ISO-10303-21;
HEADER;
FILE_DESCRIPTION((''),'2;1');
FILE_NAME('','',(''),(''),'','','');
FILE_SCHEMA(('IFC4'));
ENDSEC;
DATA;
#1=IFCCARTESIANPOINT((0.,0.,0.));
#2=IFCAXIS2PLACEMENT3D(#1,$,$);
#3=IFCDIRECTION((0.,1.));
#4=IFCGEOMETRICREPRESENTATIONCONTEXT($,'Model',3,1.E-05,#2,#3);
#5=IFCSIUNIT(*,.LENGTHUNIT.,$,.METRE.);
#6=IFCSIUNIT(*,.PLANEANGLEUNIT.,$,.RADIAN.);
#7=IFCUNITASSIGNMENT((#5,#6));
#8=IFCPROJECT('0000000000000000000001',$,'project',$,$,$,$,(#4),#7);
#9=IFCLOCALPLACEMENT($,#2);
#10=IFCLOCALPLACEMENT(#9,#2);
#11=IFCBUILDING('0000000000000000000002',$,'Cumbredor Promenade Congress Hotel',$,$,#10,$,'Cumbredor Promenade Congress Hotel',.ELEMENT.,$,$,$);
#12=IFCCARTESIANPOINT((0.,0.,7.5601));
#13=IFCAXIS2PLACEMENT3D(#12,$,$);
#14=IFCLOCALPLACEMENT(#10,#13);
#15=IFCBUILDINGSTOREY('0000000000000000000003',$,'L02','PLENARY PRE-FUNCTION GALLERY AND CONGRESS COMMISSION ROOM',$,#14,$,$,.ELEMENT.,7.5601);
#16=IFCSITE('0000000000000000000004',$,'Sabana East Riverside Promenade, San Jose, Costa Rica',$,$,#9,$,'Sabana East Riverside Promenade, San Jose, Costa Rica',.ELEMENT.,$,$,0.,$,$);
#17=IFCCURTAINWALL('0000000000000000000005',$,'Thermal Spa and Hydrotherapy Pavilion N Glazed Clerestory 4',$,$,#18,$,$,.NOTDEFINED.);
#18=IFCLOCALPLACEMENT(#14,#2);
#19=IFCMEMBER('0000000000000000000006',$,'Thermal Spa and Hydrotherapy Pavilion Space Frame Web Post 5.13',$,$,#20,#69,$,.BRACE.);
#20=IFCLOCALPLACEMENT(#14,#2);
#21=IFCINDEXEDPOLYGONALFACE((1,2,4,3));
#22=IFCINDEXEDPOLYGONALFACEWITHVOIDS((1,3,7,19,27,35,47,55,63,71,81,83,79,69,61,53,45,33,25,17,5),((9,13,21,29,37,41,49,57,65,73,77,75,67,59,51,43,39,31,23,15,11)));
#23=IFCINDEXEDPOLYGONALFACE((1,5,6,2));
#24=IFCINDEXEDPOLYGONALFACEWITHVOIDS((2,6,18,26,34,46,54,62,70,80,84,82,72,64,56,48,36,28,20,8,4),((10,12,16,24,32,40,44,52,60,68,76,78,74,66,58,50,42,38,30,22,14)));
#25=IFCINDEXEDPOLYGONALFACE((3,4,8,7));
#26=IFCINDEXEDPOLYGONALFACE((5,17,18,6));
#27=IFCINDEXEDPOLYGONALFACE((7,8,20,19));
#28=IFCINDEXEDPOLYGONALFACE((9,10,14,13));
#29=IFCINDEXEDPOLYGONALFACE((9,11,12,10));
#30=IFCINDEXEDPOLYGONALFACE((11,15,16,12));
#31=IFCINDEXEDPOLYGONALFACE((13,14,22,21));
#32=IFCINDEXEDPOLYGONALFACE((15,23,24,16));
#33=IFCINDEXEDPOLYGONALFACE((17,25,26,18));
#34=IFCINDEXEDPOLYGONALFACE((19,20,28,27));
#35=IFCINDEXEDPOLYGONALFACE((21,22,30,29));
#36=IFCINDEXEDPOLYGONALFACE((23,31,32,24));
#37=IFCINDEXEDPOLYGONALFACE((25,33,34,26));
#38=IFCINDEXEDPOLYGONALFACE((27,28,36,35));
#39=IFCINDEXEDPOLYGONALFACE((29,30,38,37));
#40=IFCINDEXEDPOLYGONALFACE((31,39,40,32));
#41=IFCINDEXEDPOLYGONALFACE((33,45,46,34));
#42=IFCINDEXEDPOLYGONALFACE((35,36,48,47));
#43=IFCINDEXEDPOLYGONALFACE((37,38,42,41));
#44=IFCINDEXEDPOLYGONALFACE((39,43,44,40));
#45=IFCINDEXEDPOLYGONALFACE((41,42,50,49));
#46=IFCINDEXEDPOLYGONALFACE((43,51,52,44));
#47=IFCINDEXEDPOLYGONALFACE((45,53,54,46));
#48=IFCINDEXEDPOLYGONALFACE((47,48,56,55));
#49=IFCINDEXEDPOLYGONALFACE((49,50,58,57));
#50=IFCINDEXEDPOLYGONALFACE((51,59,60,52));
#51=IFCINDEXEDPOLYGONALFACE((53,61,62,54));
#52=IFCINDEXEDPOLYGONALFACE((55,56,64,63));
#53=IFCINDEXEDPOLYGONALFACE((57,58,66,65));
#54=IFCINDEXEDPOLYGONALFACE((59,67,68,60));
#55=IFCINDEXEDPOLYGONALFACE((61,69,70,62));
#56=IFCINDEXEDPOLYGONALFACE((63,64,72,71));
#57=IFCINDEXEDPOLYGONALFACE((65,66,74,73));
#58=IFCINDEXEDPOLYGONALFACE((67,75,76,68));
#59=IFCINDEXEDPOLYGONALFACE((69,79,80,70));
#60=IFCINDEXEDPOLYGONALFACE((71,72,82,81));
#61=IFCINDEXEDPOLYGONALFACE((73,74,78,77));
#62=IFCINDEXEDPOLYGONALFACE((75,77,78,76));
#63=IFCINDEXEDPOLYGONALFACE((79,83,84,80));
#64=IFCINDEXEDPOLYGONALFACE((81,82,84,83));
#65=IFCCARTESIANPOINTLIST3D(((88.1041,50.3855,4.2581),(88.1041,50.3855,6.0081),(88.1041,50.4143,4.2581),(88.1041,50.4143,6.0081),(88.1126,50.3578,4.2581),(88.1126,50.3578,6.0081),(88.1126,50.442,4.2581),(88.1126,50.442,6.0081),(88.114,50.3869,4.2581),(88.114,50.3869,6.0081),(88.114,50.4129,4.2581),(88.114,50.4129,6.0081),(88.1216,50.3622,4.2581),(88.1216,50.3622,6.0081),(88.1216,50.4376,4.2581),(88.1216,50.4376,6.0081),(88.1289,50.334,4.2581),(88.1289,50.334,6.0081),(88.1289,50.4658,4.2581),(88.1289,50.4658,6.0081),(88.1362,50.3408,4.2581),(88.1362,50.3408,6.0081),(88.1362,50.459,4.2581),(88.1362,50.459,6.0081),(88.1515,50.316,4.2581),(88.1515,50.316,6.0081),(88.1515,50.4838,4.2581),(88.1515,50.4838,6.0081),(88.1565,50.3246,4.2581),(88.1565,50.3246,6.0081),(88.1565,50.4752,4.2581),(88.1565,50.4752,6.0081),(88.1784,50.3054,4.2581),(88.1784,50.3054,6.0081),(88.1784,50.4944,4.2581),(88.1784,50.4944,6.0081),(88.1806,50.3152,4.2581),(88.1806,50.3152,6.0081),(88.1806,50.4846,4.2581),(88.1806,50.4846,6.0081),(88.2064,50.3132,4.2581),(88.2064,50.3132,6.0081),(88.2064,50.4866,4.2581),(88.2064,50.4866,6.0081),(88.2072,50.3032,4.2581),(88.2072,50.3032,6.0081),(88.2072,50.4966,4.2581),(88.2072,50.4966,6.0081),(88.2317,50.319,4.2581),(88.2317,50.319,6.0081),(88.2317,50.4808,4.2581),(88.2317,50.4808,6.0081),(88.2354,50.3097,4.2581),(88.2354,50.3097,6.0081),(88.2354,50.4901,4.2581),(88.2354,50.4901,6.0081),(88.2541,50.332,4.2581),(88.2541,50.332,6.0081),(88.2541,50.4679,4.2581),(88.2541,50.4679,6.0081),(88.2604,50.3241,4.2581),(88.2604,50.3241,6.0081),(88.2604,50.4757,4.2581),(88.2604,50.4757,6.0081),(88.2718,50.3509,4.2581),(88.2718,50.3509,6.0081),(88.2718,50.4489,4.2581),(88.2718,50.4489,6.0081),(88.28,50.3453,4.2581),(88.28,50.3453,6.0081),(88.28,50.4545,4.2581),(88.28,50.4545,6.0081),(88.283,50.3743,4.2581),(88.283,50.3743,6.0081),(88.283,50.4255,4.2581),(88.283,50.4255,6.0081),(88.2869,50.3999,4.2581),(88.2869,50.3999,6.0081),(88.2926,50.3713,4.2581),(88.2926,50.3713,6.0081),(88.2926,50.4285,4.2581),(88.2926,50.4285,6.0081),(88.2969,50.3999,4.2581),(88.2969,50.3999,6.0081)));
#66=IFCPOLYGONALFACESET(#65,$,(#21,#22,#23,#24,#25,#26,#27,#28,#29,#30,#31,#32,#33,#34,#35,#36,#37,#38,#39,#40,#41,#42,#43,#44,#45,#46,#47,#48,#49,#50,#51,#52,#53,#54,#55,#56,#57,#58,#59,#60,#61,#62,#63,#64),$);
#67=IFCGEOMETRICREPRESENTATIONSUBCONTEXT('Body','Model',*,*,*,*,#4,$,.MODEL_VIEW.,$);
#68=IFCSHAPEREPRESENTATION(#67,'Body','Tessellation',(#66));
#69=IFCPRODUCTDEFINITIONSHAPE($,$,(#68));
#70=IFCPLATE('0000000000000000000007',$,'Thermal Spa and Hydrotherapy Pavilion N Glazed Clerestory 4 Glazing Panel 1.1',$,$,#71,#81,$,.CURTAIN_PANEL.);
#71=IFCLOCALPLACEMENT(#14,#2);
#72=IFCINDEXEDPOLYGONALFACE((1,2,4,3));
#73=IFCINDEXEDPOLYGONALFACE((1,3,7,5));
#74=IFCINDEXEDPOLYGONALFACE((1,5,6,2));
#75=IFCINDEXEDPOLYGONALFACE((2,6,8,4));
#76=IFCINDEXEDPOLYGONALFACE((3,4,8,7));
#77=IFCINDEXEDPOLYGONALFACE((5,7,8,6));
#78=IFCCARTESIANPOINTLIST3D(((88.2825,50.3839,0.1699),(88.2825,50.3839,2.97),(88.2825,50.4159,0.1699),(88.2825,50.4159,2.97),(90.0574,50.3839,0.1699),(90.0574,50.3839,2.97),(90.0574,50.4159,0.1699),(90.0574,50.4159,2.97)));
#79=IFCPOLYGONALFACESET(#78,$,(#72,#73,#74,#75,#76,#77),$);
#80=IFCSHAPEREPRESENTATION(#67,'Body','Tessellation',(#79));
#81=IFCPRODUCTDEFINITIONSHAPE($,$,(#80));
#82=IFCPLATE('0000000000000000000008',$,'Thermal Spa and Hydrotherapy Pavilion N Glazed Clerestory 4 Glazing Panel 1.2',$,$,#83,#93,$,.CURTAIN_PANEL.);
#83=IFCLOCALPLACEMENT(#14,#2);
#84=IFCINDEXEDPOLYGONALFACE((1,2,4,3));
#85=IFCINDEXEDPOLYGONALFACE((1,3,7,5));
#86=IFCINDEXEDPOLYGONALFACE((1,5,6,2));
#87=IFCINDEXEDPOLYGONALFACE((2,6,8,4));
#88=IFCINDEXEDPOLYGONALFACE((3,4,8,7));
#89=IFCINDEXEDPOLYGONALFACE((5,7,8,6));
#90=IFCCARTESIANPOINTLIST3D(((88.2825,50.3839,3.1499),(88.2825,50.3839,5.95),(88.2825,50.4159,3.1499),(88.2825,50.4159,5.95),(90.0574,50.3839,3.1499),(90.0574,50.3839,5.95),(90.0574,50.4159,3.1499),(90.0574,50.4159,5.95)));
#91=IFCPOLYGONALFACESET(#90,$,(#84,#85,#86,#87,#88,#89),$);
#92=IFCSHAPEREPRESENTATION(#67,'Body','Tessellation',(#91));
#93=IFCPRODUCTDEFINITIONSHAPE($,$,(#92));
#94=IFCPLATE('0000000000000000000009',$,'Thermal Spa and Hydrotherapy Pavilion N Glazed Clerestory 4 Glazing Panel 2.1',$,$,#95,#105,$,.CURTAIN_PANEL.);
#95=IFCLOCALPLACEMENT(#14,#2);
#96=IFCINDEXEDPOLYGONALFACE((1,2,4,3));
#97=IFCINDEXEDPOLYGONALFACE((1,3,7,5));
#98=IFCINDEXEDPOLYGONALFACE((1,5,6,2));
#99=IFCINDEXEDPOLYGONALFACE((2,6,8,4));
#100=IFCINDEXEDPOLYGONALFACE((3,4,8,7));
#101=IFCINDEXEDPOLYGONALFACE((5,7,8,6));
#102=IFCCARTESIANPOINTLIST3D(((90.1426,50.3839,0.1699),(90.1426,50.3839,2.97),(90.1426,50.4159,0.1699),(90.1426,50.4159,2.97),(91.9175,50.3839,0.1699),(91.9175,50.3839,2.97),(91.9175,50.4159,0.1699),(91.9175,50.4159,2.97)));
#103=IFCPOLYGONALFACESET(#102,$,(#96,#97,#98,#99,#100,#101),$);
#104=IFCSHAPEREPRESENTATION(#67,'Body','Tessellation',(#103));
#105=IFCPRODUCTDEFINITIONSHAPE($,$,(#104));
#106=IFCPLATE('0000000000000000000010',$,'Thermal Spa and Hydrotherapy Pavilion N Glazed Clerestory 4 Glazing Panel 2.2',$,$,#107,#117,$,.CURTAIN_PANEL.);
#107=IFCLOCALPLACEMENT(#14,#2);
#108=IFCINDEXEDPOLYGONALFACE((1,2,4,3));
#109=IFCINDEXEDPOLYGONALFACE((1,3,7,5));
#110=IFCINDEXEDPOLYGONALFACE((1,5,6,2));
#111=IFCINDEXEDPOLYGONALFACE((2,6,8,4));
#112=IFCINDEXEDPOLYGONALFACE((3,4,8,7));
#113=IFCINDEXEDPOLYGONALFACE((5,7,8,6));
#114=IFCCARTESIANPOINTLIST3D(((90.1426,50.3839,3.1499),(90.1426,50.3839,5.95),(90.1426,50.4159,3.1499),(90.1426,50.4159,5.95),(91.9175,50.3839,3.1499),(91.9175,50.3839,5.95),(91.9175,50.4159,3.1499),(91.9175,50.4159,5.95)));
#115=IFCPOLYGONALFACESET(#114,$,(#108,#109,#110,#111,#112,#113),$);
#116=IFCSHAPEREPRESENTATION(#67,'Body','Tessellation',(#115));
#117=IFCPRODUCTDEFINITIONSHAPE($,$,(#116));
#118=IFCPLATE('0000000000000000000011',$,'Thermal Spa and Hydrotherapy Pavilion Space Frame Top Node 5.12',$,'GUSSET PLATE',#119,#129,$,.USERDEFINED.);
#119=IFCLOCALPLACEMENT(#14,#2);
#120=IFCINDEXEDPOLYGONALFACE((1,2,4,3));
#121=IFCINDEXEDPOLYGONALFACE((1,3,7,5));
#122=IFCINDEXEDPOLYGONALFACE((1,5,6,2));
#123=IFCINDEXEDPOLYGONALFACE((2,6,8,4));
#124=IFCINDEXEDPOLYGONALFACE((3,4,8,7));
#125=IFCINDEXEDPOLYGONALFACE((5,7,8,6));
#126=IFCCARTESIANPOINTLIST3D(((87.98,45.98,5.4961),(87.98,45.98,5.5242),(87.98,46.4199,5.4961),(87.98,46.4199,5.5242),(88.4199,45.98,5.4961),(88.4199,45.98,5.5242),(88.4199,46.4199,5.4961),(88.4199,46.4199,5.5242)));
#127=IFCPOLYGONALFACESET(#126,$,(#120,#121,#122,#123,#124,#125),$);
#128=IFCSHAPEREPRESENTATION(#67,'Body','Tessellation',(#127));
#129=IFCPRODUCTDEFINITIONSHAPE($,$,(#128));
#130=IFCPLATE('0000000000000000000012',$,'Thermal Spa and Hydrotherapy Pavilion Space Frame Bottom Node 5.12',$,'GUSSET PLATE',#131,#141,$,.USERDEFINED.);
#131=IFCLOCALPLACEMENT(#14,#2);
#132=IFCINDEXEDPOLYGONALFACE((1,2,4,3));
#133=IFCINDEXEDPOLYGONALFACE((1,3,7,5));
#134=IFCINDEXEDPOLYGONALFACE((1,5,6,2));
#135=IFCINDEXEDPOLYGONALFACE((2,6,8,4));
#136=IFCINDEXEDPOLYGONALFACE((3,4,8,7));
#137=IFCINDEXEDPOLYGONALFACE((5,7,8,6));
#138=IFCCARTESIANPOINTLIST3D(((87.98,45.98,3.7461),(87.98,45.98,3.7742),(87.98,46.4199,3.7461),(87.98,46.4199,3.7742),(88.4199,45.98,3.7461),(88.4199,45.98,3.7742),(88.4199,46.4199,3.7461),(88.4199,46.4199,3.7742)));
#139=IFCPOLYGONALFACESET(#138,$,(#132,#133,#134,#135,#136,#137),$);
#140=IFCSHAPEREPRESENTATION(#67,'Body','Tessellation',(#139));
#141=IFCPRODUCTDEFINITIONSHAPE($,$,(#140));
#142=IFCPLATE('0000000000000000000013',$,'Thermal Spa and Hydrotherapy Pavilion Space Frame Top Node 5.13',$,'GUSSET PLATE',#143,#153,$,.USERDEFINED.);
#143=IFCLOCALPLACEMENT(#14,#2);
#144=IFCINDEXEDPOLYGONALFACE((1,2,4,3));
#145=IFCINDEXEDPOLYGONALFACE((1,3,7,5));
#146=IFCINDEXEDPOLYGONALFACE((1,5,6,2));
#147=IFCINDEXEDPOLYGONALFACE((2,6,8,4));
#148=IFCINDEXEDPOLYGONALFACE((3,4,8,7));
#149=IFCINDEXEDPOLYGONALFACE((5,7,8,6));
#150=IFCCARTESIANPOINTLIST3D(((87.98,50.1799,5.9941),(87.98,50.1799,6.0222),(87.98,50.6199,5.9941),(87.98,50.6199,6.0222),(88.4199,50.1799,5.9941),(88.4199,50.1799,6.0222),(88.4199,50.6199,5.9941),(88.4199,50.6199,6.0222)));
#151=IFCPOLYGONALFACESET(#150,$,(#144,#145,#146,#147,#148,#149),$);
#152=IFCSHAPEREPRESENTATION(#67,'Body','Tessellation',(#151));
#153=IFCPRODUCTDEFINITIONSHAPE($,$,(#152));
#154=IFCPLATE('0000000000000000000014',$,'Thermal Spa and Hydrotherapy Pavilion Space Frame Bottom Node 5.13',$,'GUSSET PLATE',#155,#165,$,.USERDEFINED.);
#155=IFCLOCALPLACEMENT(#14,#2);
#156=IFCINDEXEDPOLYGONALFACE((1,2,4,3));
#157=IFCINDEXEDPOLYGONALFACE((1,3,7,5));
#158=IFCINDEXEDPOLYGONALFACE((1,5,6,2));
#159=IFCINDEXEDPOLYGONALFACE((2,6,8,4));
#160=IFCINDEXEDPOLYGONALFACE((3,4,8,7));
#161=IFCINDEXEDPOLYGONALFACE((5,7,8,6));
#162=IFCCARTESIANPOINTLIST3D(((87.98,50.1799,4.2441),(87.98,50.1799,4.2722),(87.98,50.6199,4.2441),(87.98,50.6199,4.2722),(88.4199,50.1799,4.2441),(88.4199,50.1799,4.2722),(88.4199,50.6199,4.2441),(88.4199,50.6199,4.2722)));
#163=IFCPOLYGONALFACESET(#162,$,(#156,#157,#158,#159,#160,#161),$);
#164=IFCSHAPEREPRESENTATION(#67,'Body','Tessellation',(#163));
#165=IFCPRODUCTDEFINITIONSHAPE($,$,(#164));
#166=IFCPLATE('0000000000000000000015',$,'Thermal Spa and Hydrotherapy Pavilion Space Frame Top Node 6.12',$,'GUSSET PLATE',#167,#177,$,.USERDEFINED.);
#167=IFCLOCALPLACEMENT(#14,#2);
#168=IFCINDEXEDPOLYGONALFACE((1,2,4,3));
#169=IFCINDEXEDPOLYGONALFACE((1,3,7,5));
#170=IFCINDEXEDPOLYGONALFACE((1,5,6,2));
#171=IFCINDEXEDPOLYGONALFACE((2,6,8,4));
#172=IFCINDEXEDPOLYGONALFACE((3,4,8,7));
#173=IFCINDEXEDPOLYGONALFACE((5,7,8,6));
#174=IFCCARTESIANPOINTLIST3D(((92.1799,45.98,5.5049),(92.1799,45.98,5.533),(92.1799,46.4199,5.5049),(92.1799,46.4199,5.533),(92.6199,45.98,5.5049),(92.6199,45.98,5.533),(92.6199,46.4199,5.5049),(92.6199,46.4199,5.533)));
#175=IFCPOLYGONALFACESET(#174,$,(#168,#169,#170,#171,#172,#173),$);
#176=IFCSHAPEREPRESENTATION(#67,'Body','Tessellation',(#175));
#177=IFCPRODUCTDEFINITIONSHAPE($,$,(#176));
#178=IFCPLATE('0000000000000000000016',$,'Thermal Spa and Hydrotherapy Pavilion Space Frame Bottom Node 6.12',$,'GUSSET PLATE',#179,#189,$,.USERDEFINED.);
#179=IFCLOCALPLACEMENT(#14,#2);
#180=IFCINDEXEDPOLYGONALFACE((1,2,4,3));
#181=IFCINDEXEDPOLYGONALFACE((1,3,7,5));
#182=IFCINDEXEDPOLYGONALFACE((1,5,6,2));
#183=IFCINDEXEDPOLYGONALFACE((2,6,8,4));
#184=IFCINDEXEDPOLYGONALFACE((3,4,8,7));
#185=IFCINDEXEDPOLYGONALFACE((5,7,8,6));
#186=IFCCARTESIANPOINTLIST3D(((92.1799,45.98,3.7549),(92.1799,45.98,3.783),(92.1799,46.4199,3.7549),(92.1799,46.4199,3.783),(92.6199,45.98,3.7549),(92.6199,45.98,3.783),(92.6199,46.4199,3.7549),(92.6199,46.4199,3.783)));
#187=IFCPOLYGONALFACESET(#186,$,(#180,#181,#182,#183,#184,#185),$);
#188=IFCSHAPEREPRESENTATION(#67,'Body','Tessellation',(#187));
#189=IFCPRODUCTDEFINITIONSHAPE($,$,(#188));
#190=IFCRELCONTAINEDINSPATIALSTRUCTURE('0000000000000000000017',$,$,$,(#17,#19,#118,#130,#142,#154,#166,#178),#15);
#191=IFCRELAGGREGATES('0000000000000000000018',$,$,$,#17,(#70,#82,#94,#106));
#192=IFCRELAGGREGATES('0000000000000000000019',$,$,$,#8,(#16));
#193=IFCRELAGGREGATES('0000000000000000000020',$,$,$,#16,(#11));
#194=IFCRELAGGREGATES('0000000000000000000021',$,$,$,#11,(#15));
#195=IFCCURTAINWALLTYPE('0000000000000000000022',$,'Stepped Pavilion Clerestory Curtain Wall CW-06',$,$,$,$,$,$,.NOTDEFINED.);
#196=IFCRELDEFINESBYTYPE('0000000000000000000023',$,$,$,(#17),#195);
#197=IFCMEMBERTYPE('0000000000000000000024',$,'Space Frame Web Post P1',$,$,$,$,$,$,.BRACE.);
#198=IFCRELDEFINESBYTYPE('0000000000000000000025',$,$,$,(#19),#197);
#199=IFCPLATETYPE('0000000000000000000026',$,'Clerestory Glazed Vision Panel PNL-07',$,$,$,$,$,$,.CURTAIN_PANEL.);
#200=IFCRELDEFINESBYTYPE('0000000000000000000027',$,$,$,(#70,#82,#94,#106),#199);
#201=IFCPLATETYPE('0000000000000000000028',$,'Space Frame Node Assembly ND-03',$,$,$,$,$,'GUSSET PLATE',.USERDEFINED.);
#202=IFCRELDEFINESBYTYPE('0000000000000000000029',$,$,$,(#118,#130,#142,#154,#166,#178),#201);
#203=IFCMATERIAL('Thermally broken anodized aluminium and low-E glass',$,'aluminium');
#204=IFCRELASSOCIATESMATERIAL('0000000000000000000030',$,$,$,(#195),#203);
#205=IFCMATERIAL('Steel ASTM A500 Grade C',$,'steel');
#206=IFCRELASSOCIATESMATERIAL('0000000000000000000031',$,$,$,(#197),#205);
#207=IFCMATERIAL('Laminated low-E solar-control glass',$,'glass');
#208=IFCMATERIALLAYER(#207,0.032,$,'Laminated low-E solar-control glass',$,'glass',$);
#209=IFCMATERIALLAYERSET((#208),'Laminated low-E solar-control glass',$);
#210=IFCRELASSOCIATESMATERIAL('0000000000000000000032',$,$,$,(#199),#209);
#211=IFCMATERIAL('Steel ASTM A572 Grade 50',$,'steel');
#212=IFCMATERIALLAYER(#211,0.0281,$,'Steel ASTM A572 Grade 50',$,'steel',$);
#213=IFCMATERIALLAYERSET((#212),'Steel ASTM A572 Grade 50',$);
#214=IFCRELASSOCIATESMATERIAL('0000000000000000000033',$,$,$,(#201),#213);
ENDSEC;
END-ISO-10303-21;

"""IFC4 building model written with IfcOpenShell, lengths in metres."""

from ifc_helpers import new_model, si_unit, direction, frame, origin, origin_2d, place, context, subcontext, project, spatial, rectangle, hollow_circle, extrude, material, layer, layer_set, material_profile, profile_set, type_object, element, aggregate, save


model = new_model("IFC4")

# Units and contexts
model_context = context("Model", 3, precision=1e-05, world=origin(), true_north=direction((0.0, 1.0)))
body_context = subcontext(model_context, "Body", "Model", "MODEL_VIEW")
ifc_project = project(units=[si_unit("LENGTHUNIT", "METRE"), si_unit("PLANEANGLEUNIT", "RADIAN")], contexts=[model_context])

# Site, building, storey
site_placement = place(None, origin())
site = spatial("IfcSite", under=ifc_project, at=site_placement, Name="Sabana East Riverside Promenade, San Jose, Costa Rica", LongName="Sabana East Riverside Promenade, San Jose, Costa Rica", CompositionType="ELEMENT", RefElevation=0.0)
building_placement = place(site_placement, origin())
building = spatial("IfcBuilding", under=site, at=building_placement, Name="Cumbredor Promenade Congress Hotel", LongName="Cumbredor Promenade Congress Hotel", CompositionType="ELEMENT")
storey_placement = place(building_placement, frame((0.0, 0.0, 7.5601)))
storey = spatial("IfcBuildingStorey", under=building, at=storey_placement, Name="L02", Description="PLENARY PRE-FUNCTION GALLERY AND CONGRESS COMMISSION ROOM", CompositionType="ELEMENT", Elevation=7.5601)

# Curtain wall
ifc_material_1 = material(Name="Thermally broken anodized aluminium and low-E glass", Category="aluminium")
curtain_wall_type = type_object("IfcCurtainWallType", Name="Stepped Pavilion Clerestory Curtain Wall CW-06", PredefinedType="NOTDEFINED", material=ifc_material_1)
curtain_wall_placement = place(storey_placement, origin())
curtain_wall = element("IfcCurtainWall", 1, at=curtain_wall_placement, inside=storey, type_object=curtain_wall_type, Name="Thermal Spa and Hydrotherapy Pavilion N Glazed Clerestory 4", PredefinedType="NOTDEFINED")

# Member
ifc_material_2 = material(Name="Steel ASTM A500 Grade C", Category="steel")
ifc_material_profile_1 = material_profile(ifc_material_2, hollow_circle(Radius=0.0969, WallThickness=0.01, at=origin_2d()), Name="CHS 193.7x10")
ifc_profile_set_1 = profile_set([ifc_material_profile_1], Name="Steel ASTM A500 Grade C")
member_type_1 = type_object("IfcMemberType", Name="Space Frame Web Post P1", PredefinedType="BRACE", material=ifc_profile_set_1)
for number, where, z_axis, x_axis, name in (
    (2, (88.2, 50.3999, 4.2581), (0.0, 0.0, 1.0), (1.0, 0.0, 0.0), "Thermal Spa and Hydrotherapy Pavilion Space Frame Web Post 5.13"),
):
    element("IfcMember", number, at=place(storey_placement, frame(where, z_axis=z_axis, x_axis=x_axis)), inside=storey, type_object=member_type_1, Name=name, PredefinedType="BRACE", context=body_context, shape_type="SweptSolid", body=[
        extrude(hollow_circle(Radius=0.0969, WallThickness=0.01, at=origin_2d()), origin(), (0.0, 0.0, 1.0), 1.75),
    ])

# Plates
ifc_material_3 = material(Name="Laminated low-E solar-control glass", Category="glass")
ifc_layer_1 = layer(ifc_material_3, 0.032, Name="Laminated low-E solar-control glass", Category="glass")
ifc_layer_set_1 = layer_set([ifc_layer_1], Name="Laminated low-E solar-control glass")
plate_type_1 = type_object("IfcPlateType", Name="Clerestory Glazed Vision Panel PNL-07", PredefinedType="CURTAIN_PANEL", material=ifc_layer_set_1)
plate_1_placement = place(storey_placement, frame((89.1699, 50.3999, 0.1699), z_axis=(0.0, 0.0, 1.0), x_axis=(1.0, 0.0, 0.0)))
plate_1 = element("IfcPlate", 3, at=plate_1_placement, type_object=plate_type_1, Name="Thermal Spa and Hydrotherapy Pavilion N Glazed Clerestory 4 Glazing Panel 1.1", PredefinedType="CURTAIN_PANEL", context=body_context, shape_type="SweptSolid", body=[
    extrude(rectangle(XDim=1.7749, YDim=0.032, at=origin_2d()), origin(), (0.0, 0.0, 1.0), 2.8),
])
plate_2_placement = place(storey_placement, frame((89.1699, 50.3999, 3.1499), z_axis=(0.0, 0.0, 1.0), x_axis=(1.0, 0.0, 0.0)))
plate_2 = element("IfcPlate", 4, at=plate_2_placement, type_object=plate_type_1, Name="Thermal Spa and Hydrotherapy Pavilion N Glazed Clerestory 4 Glazing Panel 1.2", PredefinedType="CURTAIN_PANEL", context=body_context, shape_type="SweptSolid", body=[
    extrude(rectangle(XDim=1.7749, YDim=0.032, at=origin_2d()), origin(), (0.0, 0.0, 1.0), 2.8),
])
plate_3_placement = place(storey_placement, frame((91.03, 50.3999, 0.1699), z_axis=(0.0, 0.0, 1.0), x_axis=(1.0, 0.0, 0.0)))
plate_3 = element("IfcPlate", 5, at=plate_3_placement, type_object=plate_type_1, Name="Thermal Spa and Hydrotherapy Pavilion N Glazed Clerestory 4 Glazing Panel 2.1", PredefinedType="CURTAIN_PANEL", context=body_context, shape_type="SweptSolid", body=[
    extrude(rectangle(XDim=1.7749, YDim=0.032, at=origin_2d()), origin(), (0.0, 0.0, 1.0), 2.8),
])
plate_4_placement = place(storey_placement, frame((91.03, 50.3999, 3.1499), z_axis=(0.0, 0.0, 1.0), x_axis=(1.0, 0.0, 0.0)))
plate_4 = element("IfcPlate", 6, at=plate_4_placement, type_object=plate_type_1, Name="Thermal Spa and Hydrotherapy Pavilion N Glazed Clerestory 4 Glazing Panel 2.2", PredefinedType="CURTAIN_PANEL", context=body_context, shape_type="SweptSolid", body=[
    extrude(rectangle(XDim=1.7749, YDim=0.032, at=origin_2d()), origin(), (0.0, 0.0, 1.0), 2.8),
])
aggregate(curtain_wall, [plate_1, plate_2, plate_3, plate_4])

# Plates
ifc_material_4 = material(Name="Steel ASTM A572 Grade 50", Category="steel")
ifc_layer_2 = layer(ifc_material_4, 0.0281, Name="Steel ASTM A572 Grade 50", Category="steel")
ifc_layer_set_2 = layer_set([ifc_layer_2], Name="Steel ASTM A572 Grade 50")
plate_type_2 = type_object("IfcPlateType", Name="Space Frame Node Assembly ND-03", ElementType="GUSSET PLATE", PredefinedType="USERDEFINED", material=ifc_layer_set_2)
for number, where, z_axis, x_axis, name in (
    (7, (88.2, 46.2, 5.4961), (0.0, 0.0, 1.0), (1.0, 0.0, 0.0), "Thermal Spa and Hydrotherapy Pavilion Space Frame Top Node 5.12"),
    (8, (88.2, 46.2, 3.7461), (0.0, 0.0, 1.0), (1.0, 0.0, 0.0), "Thermal Spa and Hydrotherapy Pavilion Space Frame Bottom Node 5.12"),
    (9, (88.2, 50.3999, 5.9941), (0.0, 0.0, 1.0), (1.0, 0.0, 0.0), "Thermal Spa and Hydrotherapy Pavilion Space Frame Top Node 5.13"),
    (10, (88.2, 50.3999, 4.2441), (0.0, 0.0, 1.0), (1.0, 0.0, 0.0), "Thermal Spa and Hydrotherapy Pavilion Space Frame Bottom Node 5.13"),
    (11, (92.3999, 46.2, 5.5049), (0.0, 0.0, 1.0), (1.0, 0.0, 0.0), "Thermal Spa and Hydrotherapy Pavilion Space Frame Top Node 6.12"),
    (12, (92.3999, 46.2, 3.7549), (0.0, 0.0, 1.0), (1.0, 0.0, 0.0), "Thermal Spa and Hydrotherapy Pavilion Space Frame Bottom Node 6.12"),
):
    element("IfcPlate", number, at=place(storey_placement, frame(where, z_axis=z_axis, x_axis=x_axis)), inside=storey, type_object=plate_type_2, Name=name, ObjectType="GUSSET PLATE", PredefinedType="USERDEFINED", context=body_context, shape_type="SweptSolid", body=[
        extrude(rectangle(XDim=0.4399, YDim=0.4399, at=origin_2d()), origin(), (0.0, 0.0, 1.0), 0.0281),
    ])

save(model, "model.ifc")
